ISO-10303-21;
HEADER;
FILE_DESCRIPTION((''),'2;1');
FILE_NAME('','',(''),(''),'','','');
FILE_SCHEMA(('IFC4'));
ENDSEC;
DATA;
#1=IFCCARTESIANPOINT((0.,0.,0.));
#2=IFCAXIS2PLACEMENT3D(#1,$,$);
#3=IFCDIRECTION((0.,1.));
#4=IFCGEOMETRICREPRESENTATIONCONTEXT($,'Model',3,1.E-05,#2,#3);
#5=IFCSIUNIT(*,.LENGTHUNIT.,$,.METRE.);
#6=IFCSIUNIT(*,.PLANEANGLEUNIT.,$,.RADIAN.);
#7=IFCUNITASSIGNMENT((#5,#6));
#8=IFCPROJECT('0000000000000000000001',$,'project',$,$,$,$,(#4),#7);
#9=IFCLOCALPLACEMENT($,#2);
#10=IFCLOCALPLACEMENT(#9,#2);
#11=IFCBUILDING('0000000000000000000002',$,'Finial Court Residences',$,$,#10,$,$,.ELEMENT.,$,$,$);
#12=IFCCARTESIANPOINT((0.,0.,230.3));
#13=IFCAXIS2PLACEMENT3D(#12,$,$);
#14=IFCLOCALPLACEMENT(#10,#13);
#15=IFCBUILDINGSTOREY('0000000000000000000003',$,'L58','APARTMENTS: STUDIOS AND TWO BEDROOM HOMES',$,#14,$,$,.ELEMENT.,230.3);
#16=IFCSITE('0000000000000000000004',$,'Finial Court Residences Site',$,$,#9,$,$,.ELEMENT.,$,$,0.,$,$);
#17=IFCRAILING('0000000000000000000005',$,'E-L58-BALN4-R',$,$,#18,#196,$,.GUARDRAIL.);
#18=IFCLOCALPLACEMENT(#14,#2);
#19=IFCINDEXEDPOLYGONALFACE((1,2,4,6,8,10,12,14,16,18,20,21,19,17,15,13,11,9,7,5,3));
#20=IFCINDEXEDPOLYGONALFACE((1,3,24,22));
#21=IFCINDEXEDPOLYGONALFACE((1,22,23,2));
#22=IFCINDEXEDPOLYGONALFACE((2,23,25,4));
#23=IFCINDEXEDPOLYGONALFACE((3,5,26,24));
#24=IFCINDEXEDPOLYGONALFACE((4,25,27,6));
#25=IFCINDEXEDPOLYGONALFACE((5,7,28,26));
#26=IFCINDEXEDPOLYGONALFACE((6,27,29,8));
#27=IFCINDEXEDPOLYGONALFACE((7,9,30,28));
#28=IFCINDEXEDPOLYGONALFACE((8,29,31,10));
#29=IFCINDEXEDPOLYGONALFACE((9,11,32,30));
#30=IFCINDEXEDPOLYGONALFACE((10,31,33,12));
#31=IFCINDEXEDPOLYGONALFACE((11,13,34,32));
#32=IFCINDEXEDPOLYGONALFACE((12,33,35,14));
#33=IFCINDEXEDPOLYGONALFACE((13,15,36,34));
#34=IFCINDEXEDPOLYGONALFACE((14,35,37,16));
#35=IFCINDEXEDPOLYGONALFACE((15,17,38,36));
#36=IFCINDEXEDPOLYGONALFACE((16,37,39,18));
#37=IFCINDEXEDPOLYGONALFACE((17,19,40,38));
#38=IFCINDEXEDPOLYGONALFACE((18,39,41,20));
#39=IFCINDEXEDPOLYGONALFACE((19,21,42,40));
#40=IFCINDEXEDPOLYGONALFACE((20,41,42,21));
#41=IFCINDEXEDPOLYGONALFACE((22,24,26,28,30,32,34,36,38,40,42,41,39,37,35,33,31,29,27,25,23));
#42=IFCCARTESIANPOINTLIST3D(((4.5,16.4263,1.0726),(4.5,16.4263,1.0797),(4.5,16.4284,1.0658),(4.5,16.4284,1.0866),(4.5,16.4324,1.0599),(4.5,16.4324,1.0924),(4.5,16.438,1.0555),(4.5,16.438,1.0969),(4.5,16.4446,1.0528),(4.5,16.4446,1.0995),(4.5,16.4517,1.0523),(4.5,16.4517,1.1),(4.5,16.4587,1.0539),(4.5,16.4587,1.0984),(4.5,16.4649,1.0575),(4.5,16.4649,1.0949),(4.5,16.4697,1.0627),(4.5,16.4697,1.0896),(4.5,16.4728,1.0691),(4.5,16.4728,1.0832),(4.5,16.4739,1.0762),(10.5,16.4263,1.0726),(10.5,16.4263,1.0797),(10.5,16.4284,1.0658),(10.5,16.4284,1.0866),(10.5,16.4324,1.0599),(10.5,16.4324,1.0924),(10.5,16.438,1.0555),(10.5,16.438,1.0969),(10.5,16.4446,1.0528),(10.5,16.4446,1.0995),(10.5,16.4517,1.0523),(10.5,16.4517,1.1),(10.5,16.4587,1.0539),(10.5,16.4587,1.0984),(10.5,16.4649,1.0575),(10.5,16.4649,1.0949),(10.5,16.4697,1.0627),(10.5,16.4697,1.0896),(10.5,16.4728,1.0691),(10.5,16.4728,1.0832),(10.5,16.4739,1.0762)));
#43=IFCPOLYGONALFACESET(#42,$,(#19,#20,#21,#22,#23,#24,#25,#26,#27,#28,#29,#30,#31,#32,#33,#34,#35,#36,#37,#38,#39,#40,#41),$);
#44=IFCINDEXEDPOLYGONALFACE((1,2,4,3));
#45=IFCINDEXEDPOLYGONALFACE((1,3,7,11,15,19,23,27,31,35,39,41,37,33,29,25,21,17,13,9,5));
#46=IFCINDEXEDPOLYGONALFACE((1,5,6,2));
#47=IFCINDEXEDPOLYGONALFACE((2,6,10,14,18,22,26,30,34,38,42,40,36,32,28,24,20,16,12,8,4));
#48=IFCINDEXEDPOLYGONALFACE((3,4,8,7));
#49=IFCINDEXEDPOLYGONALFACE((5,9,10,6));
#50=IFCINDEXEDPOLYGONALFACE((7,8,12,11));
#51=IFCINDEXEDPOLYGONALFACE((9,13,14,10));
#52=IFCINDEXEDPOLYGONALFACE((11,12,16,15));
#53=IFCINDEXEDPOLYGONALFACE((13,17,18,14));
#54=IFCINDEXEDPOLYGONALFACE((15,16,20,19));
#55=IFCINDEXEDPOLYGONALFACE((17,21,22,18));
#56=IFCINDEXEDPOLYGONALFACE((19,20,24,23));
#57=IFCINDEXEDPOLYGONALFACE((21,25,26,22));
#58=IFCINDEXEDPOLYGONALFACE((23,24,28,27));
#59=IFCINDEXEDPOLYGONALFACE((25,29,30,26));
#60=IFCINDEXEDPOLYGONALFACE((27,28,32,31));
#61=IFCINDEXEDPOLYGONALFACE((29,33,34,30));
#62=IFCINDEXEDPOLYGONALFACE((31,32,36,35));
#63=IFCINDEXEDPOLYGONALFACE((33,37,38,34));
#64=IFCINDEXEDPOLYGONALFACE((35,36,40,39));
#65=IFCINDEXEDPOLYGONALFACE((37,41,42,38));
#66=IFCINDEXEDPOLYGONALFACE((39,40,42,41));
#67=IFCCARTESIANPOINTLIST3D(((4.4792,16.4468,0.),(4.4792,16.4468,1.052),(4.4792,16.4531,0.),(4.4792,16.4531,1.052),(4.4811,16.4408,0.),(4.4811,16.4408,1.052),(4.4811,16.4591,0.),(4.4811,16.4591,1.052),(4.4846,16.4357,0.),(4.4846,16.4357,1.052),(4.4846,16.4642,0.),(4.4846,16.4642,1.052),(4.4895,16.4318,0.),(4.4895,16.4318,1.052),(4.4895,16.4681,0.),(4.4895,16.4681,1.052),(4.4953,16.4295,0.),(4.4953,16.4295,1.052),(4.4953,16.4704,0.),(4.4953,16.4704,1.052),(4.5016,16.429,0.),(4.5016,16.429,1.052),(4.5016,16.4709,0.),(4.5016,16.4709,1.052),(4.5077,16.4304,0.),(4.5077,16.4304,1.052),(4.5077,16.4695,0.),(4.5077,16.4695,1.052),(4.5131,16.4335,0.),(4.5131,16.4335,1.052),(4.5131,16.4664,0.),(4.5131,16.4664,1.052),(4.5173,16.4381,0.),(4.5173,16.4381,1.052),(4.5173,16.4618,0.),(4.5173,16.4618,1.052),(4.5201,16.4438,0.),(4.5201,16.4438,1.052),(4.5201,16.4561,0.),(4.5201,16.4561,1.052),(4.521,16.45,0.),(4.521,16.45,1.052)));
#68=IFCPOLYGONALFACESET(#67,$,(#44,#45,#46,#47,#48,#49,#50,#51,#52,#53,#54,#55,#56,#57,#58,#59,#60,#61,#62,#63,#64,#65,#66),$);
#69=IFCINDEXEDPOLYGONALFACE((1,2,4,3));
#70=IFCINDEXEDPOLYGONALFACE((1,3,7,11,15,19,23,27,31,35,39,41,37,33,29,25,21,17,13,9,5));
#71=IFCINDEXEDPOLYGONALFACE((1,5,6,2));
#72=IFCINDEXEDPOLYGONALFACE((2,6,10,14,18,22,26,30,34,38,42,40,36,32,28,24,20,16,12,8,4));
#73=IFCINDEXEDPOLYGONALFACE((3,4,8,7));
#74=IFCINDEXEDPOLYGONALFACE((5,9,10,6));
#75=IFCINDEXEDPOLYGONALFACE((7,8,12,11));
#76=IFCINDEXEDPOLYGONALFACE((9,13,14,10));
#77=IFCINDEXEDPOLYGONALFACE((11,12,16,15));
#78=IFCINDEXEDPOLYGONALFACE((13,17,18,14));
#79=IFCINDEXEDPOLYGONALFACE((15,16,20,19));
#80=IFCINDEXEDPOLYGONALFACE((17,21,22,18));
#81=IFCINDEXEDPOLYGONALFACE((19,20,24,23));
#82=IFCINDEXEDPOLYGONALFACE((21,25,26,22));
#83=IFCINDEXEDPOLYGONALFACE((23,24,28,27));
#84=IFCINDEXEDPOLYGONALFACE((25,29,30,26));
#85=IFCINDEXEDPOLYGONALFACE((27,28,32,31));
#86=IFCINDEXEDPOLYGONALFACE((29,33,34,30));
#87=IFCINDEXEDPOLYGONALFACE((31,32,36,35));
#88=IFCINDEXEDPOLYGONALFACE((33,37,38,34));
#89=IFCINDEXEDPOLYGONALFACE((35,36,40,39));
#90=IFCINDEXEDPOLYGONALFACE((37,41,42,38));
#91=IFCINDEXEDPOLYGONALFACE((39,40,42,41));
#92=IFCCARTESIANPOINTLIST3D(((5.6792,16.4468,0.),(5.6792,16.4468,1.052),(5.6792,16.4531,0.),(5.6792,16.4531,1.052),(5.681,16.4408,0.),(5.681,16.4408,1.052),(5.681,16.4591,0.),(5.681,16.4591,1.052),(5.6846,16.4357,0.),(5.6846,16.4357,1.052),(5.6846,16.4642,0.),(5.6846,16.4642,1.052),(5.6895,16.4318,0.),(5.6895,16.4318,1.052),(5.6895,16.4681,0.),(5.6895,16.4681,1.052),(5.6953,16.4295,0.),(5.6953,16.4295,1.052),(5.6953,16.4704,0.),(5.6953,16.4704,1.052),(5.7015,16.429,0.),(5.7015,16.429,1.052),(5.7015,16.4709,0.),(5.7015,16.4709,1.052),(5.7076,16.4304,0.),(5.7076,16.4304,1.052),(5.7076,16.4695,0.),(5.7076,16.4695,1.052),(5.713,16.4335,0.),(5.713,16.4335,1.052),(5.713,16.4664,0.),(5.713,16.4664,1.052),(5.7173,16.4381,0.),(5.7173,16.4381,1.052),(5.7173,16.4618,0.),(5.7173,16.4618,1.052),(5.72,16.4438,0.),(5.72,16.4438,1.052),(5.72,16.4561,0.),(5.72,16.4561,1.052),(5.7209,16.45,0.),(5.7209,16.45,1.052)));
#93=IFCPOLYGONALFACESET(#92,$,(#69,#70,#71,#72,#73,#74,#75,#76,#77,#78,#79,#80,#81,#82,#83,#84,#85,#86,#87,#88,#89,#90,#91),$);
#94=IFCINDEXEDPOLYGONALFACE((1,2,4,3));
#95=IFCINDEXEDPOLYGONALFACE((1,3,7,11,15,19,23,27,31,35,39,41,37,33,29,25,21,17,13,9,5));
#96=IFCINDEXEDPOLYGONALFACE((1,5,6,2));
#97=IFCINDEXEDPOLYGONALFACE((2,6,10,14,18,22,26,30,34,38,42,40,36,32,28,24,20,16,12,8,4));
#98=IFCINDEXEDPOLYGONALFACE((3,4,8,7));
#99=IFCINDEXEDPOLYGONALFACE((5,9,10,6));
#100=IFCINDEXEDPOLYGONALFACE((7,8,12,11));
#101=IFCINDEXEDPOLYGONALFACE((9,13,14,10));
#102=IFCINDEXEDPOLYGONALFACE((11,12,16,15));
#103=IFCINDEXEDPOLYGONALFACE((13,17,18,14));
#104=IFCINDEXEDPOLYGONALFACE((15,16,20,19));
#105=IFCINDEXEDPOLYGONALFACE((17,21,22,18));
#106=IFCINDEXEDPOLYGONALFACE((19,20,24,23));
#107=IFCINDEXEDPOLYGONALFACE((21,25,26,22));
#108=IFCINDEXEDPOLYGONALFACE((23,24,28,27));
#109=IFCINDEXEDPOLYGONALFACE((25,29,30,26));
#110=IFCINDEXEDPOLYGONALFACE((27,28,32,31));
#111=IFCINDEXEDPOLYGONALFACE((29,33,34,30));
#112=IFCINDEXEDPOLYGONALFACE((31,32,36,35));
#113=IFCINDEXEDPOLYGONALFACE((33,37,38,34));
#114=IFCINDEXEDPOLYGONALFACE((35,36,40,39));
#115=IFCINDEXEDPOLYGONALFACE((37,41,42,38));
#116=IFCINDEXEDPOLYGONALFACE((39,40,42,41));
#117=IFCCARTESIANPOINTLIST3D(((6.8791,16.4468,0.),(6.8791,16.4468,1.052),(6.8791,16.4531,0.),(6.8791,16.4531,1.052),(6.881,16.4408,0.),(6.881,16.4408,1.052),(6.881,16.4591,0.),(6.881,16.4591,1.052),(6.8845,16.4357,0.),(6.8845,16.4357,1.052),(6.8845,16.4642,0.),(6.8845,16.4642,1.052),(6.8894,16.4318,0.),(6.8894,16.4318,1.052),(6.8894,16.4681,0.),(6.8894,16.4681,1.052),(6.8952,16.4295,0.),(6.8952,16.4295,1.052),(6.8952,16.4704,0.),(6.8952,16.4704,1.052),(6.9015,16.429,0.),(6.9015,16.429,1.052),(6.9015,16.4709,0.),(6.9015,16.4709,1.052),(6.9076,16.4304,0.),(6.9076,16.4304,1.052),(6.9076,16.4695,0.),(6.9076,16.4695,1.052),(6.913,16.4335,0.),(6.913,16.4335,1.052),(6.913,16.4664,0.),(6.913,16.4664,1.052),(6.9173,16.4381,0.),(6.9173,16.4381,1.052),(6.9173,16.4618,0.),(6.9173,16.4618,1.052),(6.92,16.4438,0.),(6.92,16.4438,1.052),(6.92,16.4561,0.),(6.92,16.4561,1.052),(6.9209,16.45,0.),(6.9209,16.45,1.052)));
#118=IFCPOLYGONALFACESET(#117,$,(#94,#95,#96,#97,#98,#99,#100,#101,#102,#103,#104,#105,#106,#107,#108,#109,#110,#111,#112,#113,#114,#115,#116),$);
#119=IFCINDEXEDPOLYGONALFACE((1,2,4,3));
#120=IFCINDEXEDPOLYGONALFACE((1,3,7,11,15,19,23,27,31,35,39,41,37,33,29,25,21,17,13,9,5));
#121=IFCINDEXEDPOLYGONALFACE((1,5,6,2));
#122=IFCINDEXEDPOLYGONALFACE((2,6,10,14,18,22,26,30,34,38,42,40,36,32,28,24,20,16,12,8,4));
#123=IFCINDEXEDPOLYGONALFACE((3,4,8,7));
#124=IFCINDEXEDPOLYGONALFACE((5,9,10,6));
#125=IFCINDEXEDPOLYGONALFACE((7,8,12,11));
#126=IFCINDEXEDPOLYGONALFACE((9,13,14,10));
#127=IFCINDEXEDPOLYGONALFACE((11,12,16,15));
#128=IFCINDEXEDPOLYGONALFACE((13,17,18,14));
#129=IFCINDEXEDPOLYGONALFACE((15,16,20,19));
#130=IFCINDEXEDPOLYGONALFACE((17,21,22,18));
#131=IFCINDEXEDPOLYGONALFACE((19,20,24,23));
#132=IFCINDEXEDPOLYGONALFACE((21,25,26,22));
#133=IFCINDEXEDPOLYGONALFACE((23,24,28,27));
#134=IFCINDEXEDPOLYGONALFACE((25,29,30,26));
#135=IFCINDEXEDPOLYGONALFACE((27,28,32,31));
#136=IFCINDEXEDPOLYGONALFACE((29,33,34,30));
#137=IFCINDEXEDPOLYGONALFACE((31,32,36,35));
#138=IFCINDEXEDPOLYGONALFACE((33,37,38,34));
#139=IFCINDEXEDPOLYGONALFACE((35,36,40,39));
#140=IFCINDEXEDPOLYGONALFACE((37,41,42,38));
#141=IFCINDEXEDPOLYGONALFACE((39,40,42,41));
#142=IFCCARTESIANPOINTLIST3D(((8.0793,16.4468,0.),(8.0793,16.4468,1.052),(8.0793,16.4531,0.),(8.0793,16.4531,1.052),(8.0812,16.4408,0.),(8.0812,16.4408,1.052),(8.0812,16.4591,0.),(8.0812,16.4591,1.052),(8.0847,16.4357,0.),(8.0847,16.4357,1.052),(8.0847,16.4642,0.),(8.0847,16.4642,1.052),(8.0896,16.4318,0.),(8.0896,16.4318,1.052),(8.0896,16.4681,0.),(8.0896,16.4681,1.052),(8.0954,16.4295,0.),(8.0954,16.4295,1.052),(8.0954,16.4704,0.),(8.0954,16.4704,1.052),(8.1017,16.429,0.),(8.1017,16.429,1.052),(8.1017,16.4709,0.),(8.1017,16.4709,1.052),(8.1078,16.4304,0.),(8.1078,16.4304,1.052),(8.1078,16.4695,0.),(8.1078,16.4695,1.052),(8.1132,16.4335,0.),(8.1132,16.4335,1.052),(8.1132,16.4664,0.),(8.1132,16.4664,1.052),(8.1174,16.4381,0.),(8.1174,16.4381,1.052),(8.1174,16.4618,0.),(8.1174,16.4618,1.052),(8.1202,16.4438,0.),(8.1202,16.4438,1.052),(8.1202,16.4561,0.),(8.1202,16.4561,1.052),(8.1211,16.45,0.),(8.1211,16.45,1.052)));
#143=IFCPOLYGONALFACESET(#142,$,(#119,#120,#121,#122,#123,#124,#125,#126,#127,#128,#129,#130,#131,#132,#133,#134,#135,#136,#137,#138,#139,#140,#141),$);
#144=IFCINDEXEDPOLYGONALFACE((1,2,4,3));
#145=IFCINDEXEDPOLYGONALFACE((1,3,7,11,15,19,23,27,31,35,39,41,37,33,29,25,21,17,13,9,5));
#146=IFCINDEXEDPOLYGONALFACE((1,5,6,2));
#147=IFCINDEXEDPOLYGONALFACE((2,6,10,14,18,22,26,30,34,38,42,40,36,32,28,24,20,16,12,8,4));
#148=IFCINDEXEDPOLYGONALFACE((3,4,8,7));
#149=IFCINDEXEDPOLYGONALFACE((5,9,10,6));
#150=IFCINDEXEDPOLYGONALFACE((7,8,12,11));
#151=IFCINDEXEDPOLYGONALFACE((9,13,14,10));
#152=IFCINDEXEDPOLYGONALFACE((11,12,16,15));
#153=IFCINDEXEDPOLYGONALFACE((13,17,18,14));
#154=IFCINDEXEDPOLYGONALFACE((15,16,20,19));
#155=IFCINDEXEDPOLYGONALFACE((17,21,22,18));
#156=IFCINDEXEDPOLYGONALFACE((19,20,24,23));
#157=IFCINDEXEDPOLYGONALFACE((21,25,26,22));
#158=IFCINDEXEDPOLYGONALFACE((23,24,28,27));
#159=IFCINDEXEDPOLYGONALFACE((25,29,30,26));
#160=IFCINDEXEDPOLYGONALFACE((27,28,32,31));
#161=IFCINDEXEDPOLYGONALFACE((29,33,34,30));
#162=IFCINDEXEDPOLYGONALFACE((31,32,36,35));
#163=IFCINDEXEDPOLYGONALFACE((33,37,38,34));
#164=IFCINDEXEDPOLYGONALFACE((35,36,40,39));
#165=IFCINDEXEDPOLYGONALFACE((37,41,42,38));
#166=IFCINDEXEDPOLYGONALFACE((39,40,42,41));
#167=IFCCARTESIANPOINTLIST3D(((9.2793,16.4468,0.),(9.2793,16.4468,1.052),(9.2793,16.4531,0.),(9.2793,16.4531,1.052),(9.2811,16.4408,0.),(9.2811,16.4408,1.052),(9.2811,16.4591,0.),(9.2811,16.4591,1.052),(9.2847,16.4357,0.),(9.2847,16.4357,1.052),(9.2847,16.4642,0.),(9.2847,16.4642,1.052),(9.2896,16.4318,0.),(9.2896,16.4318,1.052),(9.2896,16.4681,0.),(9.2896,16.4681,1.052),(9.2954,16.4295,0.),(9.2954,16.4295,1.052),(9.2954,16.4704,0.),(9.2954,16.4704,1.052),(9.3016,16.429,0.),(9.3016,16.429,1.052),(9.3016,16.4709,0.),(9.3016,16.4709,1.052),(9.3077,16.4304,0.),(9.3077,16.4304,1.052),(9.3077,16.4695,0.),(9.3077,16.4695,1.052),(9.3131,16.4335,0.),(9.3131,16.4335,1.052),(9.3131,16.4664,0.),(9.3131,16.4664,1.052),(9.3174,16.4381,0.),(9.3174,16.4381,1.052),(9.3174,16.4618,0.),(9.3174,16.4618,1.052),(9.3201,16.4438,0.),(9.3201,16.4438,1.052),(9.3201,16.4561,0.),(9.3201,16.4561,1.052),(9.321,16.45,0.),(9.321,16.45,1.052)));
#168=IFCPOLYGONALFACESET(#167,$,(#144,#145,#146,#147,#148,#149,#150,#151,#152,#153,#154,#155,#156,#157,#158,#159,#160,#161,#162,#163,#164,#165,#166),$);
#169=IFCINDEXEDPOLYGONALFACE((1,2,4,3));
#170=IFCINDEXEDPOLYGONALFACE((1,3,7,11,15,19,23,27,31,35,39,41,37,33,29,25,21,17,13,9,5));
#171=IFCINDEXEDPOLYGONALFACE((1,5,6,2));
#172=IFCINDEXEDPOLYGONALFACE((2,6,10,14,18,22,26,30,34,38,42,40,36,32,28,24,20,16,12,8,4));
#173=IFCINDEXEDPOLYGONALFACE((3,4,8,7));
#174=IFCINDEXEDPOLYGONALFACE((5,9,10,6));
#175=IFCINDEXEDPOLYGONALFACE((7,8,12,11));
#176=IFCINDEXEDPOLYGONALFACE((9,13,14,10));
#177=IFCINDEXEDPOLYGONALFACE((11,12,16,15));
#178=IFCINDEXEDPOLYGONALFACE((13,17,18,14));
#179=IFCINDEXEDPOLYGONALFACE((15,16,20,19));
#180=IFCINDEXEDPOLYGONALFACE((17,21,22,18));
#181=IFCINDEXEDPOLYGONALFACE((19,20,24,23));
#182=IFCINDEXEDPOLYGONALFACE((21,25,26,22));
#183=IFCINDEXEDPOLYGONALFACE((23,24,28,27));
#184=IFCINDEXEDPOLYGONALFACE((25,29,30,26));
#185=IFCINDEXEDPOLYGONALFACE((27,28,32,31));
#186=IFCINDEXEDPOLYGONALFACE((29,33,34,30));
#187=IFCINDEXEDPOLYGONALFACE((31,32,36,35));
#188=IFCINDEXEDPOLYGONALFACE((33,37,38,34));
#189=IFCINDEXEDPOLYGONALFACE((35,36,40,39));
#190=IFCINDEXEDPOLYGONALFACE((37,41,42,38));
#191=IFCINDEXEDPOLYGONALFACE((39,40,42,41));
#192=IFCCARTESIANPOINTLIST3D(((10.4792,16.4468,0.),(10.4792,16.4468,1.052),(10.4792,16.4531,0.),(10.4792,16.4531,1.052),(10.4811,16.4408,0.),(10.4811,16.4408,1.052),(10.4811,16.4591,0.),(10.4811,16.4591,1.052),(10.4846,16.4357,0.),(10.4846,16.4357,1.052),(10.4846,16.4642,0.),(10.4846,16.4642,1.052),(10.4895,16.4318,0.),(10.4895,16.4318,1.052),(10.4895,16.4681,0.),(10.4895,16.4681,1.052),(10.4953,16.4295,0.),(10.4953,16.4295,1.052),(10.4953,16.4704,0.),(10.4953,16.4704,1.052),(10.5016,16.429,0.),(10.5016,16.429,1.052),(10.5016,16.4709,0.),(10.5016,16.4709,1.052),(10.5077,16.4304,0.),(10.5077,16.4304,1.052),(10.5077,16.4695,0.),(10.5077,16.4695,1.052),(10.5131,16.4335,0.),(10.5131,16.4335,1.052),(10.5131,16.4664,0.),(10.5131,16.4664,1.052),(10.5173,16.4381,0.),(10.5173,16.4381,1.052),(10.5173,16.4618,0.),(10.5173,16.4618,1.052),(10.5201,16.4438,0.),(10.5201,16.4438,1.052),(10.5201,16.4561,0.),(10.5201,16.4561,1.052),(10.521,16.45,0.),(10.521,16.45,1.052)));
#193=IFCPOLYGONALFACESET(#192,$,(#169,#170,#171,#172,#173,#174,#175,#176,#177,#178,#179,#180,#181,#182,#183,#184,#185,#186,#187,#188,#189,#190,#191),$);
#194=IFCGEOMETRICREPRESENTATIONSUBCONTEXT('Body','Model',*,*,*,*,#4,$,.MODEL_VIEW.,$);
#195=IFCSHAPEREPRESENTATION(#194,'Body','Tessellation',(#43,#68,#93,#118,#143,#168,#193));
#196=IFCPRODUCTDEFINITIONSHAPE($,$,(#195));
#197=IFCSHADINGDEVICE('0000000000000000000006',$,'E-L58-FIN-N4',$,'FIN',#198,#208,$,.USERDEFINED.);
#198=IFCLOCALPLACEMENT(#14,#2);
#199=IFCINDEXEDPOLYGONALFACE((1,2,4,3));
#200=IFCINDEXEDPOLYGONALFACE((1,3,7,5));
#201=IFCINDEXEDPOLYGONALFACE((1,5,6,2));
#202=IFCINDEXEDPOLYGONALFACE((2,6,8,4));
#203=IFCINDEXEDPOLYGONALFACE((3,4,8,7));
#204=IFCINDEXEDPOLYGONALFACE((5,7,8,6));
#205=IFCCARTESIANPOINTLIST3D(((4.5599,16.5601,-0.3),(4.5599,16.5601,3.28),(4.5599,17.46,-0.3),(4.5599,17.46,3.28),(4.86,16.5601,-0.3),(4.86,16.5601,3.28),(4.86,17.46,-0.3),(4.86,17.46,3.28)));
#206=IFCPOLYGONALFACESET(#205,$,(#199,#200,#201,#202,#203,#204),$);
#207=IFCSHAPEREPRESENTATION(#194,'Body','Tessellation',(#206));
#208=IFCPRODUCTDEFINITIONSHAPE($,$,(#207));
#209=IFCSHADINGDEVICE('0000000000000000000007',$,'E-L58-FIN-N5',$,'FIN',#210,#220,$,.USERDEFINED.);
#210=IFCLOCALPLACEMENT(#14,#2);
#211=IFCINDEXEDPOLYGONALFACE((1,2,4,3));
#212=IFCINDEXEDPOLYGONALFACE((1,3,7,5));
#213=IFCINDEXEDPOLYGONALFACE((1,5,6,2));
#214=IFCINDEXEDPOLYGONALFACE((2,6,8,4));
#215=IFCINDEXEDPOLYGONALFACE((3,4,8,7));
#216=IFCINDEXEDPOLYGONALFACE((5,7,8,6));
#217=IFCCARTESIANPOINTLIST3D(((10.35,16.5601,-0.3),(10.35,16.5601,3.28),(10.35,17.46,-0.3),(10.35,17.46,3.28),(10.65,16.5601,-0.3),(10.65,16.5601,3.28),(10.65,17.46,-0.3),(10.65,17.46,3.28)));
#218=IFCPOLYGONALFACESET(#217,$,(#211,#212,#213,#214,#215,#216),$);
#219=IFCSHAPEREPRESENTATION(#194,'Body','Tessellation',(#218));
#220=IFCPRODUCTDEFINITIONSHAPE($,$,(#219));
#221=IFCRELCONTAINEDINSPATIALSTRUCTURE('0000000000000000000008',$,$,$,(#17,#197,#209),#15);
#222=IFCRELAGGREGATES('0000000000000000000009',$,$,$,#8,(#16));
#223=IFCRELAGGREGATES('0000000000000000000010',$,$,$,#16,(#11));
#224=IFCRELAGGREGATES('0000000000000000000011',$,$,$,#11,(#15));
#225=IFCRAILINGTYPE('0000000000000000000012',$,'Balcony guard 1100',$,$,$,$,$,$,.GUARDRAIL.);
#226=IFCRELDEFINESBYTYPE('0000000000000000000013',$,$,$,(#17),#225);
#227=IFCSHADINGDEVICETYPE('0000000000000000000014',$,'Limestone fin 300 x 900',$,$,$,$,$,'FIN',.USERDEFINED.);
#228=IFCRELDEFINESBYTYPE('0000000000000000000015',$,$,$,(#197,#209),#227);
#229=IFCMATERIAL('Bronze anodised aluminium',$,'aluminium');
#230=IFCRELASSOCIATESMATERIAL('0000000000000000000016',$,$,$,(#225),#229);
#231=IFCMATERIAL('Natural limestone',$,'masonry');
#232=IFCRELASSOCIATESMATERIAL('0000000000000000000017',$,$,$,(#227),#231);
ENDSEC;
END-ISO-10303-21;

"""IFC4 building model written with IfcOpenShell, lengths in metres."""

from ifc_helpers import new_model, si_unit, direction, frame, origin, origin_2d, place, context, subcontext, project, spatial, rectangle, circle, extrude, material, type_object, element, save


model = new_model("IFC4")

# Units and contexts
model_context = context("Model", 3, precision=1e-05, world=origin(), true_north=direction((0.0, 1.0)))
body_context = subcontext(model_context, "Body", "Model", "MODEL_VIEW")
ifc_project = project(units=[si_unit("LENGTHUNIT", "METRE"), si_unit("PLANEANGLEUNIT", "RADIAN")], contexts=[model_context])

# Site, building, storey
site_placement = place(None, origin())
site = spatial("IfcSite", under=ifc_project, at=site_placement, Name="Finial Court Residences Site", CompositionType="ELEMENT", RefElevation=0.0)
building_placement = place(site_placement, origin())
building = spatial("IfcBuilding", under=site, at=building_placement, Name="Finial Court Residences", CompositionType="ELEMENT")
storey_placement = place(building_placement, frame((0.0, 0.0, 230.3)))
storey = spatial("IfcBuildingStorey", under=building, at=storey_placement, Name="L58", Description="APARTMENTS: STUDIOS AND TWO BEDROOM HOMES", CompositionType="ELEMENT", Elevation=230.3)

# Shared definitions
ifc_material_1 = material(Name="Bronze anodised aluminium", Category="aluminium")

# Shared definitions
ifc_material_2 = material(Name="Natural limestone", Category="masonry")

# Railing
railing_type = type_object("IfcRailingType", Name="Balcony guard 1100", PredefinedType="GUARDRAIL", material=ifc_material_1)
railing_placement = place(storey_placement, frame((4.5, 16.45, 0.0)))
element("IfcRailing", 1, at=railing_placement, inside=storey, type_object=railing_type, Name="E-L58-BALN4-R", PredefinedType="GUARDRAIL", context=body_context, shape_type="SweptSolid", body=[
    extrude(circle(Radius=0.0239, at=origin_2d()), frame((0.0, 0.0, 1.0762), z_axis=(1.0, 0.0, 0.0), x_axis=(0.0, 1.0, 0.0)), (0.0, 0.0, 1.0), 6.0),
    extrude(circle(Radius=0.021, at=origin_2d()), origin(), (0.0, 0.0, 1.0), 1.052),
    extrude(circle(Radius=0.021, at=origin_2d()), frame((1.2, 0.0, 0.0)), (0.0, 0.0, 1.0), 1.052),
    extrude(circle(Radius=0.021, at=origin_2d()), frame((2.3999, 0.0, 0.0)), (0.0, 0.0, 1.0), 1.052),
    extrude(circle(Radius=0.021, at=origin_2d()), frame((3.6001, 0.0, 0.0)), (0.0, 0.0, 1.0), 1.052),
    extrude(circle(Radius=0.021, at=origin_2d()), frame((4.8, 0.0, 0.0)), (0.0, 0.0, 1.0), 1.052),
    extrude(circle(Radius=0.021, at=origin_2d()), frame((6.0, 0.0, 0.0)), (0.0, 0.0, 1.0), 1.052),
])

# Shading devices
shading_device_type = type_object("IfcShadingDeviceType", Name="Limestone fin 300 x 900", ElementType="FIN", PredefinedType="USERDEFINED", material=ifc_material_2)
for number, where, z_axis, x_axis, name in (
    (2, (4.71, 17.01, -0.3), (0.0, 0.0, 1.0), (1.0, 0.0, 0.0), "E-L58-FIN-N4"),
    (3, (10.5, 17.01, -0.3), (0.0, 0.0, 1.0), (1.0, 0.0, 0.0), "E-L58-FIN-N5"),
):
    element("IfcShadingDevice", number, at=place(storey_placement, frame(where, z_axis=z_axis, x_axis=x_axis)), inside=storey, type_object=shading_device_type, Name=name, ObjectType="FIN", PredefinedType="USERDEFINED", context=body_context, shape_type="SweptSolid", body=[
        extrude(rectangle(XDim=0.3, YDim=0.8999, at=origin_2d()), origin(), (0.0, 0.0, 1.0), 3.5801),
    ])

save(model, "model.ifc")
